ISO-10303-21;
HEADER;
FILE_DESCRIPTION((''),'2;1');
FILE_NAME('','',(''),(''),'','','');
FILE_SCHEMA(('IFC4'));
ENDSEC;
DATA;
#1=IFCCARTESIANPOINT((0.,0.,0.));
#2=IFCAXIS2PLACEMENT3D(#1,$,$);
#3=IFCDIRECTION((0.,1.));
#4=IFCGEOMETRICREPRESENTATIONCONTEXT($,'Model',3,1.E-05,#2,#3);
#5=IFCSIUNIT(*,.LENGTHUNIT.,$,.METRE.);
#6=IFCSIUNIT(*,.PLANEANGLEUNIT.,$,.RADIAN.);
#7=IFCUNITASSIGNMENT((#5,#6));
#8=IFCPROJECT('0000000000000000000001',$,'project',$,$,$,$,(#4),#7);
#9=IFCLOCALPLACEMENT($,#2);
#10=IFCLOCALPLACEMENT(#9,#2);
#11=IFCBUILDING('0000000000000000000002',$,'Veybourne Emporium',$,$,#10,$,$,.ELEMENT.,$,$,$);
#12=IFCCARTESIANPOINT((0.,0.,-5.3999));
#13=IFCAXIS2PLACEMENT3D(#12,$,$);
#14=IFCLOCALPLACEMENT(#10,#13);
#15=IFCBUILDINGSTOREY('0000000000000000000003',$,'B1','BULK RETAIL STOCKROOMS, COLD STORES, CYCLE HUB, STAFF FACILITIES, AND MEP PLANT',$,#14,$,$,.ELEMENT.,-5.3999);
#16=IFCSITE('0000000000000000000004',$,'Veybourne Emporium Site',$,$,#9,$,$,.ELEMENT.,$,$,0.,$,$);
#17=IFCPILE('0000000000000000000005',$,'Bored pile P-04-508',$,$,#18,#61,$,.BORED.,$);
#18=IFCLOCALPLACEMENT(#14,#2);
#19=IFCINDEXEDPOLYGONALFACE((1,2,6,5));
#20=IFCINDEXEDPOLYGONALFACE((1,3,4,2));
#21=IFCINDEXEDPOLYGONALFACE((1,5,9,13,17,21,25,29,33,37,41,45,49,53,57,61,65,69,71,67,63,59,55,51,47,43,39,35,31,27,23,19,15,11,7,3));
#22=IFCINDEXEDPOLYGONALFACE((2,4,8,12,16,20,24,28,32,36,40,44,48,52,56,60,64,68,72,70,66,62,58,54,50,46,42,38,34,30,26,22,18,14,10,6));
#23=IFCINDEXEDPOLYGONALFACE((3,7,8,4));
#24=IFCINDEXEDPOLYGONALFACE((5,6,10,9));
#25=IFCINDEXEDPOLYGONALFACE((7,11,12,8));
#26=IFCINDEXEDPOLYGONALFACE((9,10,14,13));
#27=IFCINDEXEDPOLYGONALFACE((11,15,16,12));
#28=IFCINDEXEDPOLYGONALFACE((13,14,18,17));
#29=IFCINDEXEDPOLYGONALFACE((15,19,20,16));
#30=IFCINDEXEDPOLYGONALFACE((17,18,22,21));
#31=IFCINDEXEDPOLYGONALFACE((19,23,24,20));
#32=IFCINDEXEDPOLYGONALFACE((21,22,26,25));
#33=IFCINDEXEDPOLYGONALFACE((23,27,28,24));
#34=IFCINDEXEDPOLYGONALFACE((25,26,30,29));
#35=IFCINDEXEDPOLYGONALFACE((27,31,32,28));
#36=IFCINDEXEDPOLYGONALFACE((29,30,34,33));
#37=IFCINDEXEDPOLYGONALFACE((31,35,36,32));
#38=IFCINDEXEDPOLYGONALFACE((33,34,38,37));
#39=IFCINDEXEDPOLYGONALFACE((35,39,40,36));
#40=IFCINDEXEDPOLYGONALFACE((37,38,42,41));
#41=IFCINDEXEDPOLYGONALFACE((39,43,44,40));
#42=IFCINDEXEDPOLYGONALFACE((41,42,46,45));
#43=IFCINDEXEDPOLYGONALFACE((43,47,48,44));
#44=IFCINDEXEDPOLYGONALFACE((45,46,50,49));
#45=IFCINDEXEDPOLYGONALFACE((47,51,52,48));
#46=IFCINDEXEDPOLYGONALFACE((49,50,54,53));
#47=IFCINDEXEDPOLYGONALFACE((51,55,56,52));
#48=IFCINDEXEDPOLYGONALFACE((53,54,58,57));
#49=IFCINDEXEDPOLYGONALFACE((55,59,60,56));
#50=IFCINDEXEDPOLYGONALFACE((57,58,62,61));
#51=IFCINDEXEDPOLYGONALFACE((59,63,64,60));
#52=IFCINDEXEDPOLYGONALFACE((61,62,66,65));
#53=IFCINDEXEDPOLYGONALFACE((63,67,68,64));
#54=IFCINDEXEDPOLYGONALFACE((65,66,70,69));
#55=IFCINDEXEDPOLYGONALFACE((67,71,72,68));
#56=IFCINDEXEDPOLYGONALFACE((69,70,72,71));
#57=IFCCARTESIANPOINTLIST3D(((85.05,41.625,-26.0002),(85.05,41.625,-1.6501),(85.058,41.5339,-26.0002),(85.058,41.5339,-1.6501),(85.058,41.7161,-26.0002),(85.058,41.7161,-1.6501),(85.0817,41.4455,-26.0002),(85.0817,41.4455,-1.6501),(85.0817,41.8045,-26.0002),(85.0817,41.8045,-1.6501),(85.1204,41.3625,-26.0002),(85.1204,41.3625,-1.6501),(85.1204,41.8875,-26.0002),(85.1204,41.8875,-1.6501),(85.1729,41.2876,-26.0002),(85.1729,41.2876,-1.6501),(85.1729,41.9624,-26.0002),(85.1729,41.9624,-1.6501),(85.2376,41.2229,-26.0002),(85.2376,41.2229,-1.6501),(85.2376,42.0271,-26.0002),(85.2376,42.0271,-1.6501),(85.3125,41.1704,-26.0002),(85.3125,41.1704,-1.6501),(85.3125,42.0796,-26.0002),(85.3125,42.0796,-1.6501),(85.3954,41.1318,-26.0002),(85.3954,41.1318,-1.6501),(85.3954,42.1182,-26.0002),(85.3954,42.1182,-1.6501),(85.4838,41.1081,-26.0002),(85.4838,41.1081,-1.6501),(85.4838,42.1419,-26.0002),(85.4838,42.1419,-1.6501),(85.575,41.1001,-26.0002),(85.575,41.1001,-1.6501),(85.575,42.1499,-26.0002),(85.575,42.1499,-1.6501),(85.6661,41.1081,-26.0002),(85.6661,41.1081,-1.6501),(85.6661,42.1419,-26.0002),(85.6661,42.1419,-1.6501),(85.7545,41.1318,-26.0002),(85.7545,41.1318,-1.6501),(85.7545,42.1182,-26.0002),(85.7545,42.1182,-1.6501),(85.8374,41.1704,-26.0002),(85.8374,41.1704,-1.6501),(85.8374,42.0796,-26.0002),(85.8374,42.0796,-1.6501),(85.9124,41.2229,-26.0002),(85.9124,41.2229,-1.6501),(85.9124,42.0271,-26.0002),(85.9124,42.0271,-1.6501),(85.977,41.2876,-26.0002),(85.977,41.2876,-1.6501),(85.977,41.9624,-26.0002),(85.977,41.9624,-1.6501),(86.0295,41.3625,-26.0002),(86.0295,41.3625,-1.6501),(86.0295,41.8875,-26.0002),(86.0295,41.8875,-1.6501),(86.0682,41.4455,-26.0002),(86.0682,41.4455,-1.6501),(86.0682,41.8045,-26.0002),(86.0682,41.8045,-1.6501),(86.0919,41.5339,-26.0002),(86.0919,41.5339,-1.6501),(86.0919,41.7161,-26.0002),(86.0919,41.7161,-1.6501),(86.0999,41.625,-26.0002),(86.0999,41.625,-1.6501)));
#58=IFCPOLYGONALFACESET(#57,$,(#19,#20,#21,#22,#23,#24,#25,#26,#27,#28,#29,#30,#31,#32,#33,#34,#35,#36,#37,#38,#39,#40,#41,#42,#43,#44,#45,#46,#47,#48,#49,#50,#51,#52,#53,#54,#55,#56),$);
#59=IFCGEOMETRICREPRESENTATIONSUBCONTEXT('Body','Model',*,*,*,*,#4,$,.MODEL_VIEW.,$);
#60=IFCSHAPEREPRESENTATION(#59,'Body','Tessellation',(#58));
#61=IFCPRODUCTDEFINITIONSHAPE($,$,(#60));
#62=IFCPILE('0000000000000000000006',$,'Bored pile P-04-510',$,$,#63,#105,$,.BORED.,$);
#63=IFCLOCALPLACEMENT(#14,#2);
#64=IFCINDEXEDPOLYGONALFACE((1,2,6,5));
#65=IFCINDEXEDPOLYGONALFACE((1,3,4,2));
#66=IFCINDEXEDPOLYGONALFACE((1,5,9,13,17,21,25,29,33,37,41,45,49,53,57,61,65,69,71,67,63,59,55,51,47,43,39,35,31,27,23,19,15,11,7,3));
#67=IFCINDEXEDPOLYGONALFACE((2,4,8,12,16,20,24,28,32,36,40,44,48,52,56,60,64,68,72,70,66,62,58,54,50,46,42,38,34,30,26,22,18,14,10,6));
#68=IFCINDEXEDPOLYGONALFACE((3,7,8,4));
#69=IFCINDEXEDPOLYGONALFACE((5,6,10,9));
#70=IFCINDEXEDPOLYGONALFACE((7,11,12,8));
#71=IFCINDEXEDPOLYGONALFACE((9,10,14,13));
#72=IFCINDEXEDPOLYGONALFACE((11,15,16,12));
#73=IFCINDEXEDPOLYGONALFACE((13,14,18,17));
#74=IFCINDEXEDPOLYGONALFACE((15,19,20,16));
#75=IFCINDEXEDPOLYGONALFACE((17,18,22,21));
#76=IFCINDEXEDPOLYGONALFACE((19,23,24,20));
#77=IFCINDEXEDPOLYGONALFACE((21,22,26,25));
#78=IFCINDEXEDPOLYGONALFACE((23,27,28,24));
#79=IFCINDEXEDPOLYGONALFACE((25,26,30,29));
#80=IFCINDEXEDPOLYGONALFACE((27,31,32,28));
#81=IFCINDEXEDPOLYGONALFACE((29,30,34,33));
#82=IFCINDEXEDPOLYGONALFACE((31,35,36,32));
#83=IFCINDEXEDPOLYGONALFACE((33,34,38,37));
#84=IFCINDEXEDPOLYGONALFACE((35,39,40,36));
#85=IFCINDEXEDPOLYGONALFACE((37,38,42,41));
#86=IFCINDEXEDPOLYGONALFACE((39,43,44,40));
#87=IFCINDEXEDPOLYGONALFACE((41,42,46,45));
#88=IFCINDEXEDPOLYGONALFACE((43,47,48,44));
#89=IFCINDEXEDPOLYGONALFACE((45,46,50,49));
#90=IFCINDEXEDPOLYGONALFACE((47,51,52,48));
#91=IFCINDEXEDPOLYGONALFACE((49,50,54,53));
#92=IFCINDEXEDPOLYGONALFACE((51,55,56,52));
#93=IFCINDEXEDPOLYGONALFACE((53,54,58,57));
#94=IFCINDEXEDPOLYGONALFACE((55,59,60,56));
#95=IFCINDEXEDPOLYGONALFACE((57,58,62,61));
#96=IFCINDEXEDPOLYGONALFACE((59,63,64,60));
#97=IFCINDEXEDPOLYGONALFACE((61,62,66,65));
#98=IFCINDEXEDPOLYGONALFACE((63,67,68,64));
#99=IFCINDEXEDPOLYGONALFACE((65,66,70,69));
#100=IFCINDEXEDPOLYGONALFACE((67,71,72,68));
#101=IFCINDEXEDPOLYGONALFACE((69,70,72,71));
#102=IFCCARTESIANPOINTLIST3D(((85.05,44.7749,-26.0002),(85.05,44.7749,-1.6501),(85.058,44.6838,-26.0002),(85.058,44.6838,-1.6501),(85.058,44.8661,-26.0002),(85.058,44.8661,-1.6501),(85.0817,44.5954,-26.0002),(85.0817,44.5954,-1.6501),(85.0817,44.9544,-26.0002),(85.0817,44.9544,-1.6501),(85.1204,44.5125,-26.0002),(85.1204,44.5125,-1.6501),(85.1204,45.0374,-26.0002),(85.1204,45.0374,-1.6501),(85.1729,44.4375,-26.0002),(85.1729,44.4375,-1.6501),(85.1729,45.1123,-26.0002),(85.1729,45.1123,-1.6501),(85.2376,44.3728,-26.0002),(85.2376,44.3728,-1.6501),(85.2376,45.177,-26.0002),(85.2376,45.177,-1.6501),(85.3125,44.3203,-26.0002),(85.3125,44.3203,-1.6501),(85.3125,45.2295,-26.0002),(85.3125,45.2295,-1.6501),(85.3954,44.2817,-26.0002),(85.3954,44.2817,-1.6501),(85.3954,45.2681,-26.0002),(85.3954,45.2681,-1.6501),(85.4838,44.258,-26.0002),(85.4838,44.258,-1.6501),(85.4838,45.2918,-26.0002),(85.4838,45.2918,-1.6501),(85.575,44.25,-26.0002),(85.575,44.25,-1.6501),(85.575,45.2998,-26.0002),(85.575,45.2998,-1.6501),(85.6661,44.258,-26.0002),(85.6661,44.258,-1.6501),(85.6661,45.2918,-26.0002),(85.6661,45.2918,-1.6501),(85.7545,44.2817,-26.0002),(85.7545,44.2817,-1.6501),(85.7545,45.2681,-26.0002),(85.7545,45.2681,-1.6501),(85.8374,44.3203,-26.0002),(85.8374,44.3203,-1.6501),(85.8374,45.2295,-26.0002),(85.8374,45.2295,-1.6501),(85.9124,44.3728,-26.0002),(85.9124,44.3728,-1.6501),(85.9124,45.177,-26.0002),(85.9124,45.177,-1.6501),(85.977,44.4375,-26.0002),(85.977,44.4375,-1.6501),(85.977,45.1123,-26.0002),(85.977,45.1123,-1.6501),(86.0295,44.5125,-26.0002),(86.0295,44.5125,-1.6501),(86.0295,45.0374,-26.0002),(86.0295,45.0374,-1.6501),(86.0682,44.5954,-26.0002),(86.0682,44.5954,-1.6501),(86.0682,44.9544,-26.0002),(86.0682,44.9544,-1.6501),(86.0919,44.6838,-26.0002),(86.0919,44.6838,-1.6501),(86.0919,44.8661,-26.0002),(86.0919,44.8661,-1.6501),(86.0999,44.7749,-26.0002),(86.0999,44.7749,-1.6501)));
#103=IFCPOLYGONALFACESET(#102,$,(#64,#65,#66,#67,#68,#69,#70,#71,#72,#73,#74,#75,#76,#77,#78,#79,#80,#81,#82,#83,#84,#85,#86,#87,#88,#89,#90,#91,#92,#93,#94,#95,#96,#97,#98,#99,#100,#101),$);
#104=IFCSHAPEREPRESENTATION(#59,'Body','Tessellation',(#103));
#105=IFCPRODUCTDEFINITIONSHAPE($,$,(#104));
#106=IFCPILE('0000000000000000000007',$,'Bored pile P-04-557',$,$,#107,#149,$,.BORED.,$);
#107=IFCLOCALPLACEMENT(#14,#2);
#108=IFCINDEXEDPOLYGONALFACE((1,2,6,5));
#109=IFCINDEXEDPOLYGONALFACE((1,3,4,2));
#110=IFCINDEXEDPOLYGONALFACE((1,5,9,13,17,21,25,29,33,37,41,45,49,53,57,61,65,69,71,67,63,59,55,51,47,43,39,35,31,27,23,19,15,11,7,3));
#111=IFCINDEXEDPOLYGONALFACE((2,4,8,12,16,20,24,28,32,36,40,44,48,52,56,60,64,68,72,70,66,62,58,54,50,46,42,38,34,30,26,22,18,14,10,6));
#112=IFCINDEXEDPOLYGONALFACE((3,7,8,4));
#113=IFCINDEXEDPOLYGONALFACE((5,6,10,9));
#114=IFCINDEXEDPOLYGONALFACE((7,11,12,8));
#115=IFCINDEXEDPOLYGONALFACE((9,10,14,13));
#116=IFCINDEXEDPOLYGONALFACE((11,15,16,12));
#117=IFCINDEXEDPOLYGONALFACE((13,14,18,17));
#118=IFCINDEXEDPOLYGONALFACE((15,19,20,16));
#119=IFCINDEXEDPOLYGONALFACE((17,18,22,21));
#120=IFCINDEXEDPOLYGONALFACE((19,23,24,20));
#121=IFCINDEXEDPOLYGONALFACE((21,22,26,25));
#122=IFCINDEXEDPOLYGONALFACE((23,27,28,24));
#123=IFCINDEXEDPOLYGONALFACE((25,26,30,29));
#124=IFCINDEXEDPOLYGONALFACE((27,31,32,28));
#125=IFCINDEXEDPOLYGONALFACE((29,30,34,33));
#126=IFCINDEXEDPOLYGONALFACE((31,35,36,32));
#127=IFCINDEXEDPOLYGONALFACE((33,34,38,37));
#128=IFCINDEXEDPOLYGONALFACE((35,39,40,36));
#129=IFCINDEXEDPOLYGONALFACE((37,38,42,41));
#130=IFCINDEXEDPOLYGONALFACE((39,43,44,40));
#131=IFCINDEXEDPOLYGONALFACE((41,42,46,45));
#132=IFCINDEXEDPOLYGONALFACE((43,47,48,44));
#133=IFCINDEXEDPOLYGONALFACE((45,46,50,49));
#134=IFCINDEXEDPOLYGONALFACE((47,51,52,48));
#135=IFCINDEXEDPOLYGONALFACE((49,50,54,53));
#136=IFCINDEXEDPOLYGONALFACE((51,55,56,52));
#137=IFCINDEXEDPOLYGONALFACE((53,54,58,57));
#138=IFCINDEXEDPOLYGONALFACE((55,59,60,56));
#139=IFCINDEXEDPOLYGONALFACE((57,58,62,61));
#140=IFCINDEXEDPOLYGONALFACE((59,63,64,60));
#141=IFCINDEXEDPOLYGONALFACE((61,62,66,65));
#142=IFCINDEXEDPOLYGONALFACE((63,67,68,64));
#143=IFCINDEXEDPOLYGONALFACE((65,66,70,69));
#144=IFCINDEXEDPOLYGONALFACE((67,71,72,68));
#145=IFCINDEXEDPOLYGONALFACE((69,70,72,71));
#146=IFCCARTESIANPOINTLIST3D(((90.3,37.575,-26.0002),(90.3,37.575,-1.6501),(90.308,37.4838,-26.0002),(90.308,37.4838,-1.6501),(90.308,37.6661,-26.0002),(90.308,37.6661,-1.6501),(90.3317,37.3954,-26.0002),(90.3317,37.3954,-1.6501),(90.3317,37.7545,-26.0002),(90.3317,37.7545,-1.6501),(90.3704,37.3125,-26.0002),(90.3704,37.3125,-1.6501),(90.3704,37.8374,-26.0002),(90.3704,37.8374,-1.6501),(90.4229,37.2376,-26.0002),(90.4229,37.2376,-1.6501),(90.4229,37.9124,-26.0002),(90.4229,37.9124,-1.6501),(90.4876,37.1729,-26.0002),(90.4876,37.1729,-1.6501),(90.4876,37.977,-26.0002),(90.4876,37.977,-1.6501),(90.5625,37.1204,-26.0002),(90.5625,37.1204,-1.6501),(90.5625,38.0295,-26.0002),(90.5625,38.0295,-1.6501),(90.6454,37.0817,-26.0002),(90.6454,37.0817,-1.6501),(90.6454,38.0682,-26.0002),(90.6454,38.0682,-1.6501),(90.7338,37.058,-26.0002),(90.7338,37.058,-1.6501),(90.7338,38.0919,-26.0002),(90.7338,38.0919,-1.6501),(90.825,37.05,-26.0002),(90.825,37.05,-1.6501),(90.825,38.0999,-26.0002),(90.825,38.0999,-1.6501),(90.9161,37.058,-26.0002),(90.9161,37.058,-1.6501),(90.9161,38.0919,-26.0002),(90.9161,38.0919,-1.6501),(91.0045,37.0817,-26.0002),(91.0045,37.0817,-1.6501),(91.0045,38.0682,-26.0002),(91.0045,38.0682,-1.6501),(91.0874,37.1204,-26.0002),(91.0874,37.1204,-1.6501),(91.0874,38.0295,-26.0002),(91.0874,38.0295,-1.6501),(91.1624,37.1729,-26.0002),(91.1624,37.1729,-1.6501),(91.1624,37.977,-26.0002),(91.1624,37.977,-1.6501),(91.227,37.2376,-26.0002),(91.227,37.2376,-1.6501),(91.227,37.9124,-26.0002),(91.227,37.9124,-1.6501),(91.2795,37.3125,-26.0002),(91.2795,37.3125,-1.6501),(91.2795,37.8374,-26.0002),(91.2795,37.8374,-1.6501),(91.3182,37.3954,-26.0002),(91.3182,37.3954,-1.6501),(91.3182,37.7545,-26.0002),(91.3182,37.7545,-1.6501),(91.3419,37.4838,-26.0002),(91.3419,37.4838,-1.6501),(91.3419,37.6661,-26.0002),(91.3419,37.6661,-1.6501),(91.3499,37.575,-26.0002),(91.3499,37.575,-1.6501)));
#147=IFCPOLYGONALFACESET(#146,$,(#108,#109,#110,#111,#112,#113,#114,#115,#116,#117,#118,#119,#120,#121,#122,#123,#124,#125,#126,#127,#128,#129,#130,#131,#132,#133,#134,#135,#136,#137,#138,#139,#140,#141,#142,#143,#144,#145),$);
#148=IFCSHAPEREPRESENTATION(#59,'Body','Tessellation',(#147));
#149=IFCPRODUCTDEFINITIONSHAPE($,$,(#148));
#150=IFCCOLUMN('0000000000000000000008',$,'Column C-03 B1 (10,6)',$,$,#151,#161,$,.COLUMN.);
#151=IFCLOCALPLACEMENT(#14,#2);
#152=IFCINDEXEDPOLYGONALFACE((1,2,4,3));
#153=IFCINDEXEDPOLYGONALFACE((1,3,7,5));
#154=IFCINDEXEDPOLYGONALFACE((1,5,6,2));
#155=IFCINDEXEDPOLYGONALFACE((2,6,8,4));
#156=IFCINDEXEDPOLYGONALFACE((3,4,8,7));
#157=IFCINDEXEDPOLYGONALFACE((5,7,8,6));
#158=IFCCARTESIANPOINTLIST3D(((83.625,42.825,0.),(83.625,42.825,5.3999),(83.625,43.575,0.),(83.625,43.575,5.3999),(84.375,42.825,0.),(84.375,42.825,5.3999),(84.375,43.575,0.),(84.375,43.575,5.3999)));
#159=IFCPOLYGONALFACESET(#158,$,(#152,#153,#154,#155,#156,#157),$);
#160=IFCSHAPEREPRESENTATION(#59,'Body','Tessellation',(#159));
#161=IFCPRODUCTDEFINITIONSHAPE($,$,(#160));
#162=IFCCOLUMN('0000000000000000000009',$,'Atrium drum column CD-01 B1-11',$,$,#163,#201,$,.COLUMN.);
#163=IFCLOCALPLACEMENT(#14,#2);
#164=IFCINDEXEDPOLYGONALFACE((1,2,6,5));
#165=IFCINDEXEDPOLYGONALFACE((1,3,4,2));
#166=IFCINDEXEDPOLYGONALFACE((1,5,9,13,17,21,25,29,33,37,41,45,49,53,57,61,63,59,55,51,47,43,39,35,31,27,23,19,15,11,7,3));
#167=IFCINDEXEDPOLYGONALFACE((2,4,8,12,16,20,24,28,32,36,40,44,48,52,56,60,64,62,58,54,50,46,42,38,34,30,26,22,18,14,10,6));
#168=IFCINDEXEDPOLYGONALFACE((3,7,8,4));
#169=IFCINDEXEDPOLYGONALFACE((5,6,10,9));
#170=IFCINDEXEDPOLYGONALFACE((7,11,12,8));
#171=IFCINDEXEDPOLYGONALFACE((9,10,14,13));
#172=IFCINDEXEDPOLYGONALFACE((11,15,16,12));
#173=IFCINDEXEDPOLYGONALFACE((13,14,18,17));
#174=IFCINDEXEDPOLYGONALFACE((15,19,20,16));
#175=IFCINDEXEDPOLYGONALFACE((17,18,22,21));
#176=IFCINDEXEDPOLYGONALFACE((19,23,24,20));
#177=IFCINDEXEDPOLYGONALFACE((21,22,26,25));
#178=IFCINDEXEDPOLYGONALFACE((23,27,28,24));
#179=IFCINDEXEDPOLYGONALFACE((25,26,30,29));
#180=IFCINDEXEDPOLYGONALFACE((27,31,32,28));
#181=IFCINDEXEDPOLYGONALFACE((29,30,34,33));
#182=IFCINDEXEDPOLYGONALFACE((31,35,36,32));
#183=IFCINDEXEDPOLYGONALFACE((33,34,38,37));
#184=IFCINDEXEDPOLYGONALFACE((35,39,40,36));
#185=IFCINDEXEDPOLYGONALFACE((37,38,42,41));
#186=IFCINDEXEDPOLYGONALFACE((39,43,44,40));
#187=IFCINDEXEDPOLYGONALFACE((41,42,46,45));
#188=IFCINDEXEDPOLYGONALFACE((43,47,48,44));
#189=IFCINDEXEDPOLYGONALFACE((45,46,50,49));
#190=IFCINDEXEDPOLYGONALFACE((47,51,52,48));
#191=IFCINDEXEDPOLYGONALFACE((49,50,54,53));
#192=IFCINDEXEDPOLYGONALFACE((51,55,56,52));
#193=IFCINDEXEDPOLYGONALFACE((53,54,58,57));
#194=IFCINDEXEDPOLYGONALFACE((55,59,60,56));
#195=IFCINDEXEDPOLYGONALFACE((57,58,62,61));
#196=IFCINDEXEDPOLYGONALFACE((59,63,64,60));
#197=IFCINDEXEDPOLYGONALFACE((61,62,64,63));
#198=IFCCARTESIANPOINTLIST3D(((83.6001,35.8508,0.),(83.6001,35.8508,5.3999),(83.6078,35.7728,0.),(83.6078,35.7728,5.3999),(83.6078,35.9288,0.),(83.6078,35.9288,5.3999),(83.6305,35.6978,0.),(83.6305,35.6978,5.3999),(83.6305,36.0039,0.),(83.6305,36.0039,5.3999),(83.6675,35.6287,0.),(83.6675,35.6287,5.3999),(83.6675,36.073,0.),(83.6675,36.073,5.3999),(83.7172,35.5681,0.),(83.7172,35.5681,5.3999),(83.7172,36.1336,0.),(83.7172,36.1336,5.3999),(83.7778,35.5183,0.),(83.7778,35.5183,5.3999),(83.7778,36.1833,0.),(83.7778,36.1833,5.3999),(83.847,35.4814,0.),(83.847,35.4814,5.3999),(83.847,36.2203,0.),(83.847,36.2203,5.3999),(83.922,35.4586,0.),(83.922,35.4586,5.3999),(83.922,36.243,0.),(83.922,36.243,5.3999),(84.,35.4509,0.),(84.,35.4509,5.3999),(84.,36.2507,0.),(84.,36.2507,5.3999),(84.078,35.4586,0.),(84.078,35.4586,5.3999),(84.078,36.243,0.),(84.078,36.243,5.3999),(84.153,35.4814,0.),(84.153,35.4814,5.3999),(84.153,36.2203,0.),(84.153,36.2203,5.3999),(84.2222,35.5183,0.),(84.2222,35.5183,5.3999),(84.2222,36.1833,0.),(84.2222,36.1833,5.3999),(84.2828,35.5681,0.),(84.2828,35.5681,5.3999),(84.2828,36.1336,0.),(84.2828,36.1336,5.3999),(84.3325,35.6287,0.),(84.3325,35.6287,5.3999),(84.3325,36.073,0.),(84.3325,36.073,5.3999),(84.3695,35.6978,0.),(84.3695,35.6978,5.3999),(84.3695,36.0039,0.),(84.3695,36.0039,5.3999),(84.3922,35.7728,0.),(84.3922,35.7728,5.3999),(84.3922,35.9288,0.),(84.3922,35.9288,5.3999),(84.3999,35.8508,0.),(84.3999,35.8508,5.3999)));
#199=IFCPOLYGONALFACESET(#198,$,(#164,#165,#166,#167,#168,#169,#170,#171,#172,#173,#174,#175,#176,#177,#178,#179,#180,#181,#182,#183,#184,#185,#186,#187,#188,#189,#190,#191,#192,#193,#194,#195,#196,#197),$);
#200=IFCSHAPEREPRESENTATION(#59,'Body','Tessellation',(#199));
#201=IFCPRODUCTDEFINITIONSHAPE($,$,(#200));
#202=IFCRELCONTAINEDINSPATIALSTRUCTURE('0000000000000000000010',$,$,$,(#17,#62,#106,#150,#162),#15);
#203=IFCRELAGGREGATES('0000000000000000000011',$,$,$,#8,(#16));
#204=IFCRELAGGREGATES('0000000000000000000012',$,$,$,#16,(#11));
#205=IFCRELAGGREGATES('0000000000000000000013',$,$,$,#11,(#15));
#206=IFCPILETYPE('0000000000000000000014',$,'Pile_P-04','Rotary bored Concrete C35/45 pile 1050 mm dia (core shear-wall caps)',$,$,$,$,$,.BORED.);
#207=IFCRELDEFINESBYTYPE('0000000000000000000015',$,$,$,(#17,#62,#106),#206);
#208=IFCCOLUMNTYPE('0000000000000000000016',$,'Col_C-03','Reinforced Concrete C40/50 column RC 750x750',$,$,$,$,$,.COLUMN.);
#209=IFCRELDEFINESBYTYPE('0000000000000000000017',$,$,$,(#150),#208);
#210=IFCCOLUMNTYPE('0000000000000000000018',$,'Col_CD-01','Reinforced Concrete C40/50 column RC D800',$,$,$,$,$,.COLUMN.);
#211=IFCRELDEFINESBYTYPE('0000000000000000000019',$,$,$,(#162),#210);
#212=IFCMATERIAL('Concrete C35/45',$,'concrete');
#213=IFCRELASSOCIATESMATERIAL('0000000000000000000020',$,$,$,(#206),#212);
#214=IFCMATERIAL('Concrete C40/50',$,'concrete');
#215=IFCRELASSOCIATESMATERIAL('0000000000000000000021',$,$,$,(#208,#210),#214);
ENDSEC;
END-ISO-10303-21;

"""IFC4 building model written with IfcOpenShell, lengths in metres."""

from ifc_helpers import new_model, si_unit, direction, frame, origin, origin_2d, place, context, subcontext, project, spatial, rectangle, circle, extrude, material, material_profile, profile_set, type_object, element, save


model = new_model("IFC4")

# Units and contexts
model_context = context("Model", 3, precision=1e-05, world=origin(), true_north=direction((0.0, 1.0)))
body_context = subcontext(model_context, "Body", "Model", "MODEL_VIEW")
ifc_project = project(units=[si_unit("LENGTHUNIT", "METRE"), si_unit("PLANEANGLEUNIT", "RADIAN")], contexts=[model_context])

# Site, building, storey
site_placement = place(None, origin())
site = spatial("IfcSite", under=ifc_project, at=site_placement, Name="Veybourne Emporium Site", CompositionType="ELEMENT", RefElevation=0.0)
building_placement = place(site_placement, origin())
building = spatial("IfcBuilding", under=site, at=building_placement, Name="Veybourne Emporium", CompositionType="ELEMENT")
storey_placement = place(building_placement, frame((0.0, 0.0, -5.3999)))
storey = spatial("IfcBuildingStorey", under=building, at=storey_placement, Name="B1", Description="BULK RETAIL STOCKROOMS, COLD STORES, CYCLE HUB, STAFF FACILITIES, AND MEP PLANT", CompositionType="ELEMENT", Elevation=-5.3999)

# Shared definitions
ifc_material_1 = material(Name="Concrete C35/45", Category="concrete")

# Piles
ifc_material_profile_1 = material_profile(ifc_material_1, circle(Radius=0.5249, at=origin_2d()), Name="BORED PILE 1050")
ifc_profile_set_1 = profile_set([ifc_material_profile_1], Name="Concrete C35/45")
pile_type_1 = type_object("IfcPileType", Name="Pile_P-04", Description="Rotary bored Concrete C35/45 pile 1050 mm dia (core shear-wall caps)", PredefinedType="BORED", material=ifc_profile_set_1)
for number, where, z_axis, x_axis, name in (
    (1, (85.575, 41.625, -1.6501), (0.0, 0.0, -1.0), (1.0, 0.0, 0.0), "Bored pile P-04-508"),
    (2, (85.575, 44.7749, -1.6501), (0.0, 0.0, -1.0), (1.0, 0.0, 0.0), "Bored pile P-04-510"),
    (3, (90.825, 37.575, -1.6501), (0.0, 0.0, -1.0), (1.0, 0.0, 0.0), "Bored pile P-04-557"),
):
    element("IfcPile", number, at=place(storey_placement, frame(where, z_axis=z_axis, x_axis=x_axis)), inside=storey, type_object=pile_type_1, Name=name, PredefinedType="BORED", context=body_context, shape_type="SweptSolid", body=[
        extrude(circle(Radius=0.5249, at=origin_2d()), origin(), (0.0, 0.0, 1.0), 24.3501),
    ])

# Columns
ifc_material_2 = material(Name="Concrete C40/50", Category="concrete")
ifc_material_profile_2 = material_profile(ifc_material_2, rectangle(XDim=0.75, YDim=0.75, at=origin_2d()), Name="RC 750x750")
ifc_profile_set_2 = profile_set([ifc_material_profile_2], Name="Concrete C40/50")
column_type_1 = type_object("IfcColumnType", Name="Col_C-03", Description="Reinforced Concrete C40/50 column RC 750x750", PredefinedType="COLUMN", material=ifc_profile_set_2)
column_placement = place(storey_placement, frame((84.0, 43.2, 0.0), z_axis=(0.0, 0.0, 1.0), x_axis=(1.0, 0.0, 0.0)))
element("IfcColumn", 4, at=column_placement, inside=storey, type_object=column_type_1, Name="Column C-03 B1 (10,6)", PredefinedType="COLUMN", context=body_context, shape_type="SweptSolid", body=[
    extrude(rectangle(XDim=0.75, YDim=0.75, at=origin_2d()), origin(), (0.0, 0.0, 1.0), 5.3999),
])
ifc_material_profile_3 = material_profile(ifc_material_2, circle(Radius=0.3999, at=origin_2d()), Name="RC D800")
ifc_profile_set_3 = profile_set([ifc_material_profile_3], Name="Concrete C40/50")
column_type_2 = type_object("IfcColumnType", Name="Col_CD-01", Description="Reinforced Concrete C40/50 column RC D800", PredefinedType="COLUMN", material=ifc_profile_set_3)
for number, where, z_axis, x_axis, name in (
    (5, (84.0, 35.8508, 0.0), (0.0, 0.0, 1.0), (1.0, 0.0, 0.0), "Atrium drum column CD-01 B1-11"),
):
    element("IfcColumn", number, at=place(storey_placement, frame(where, z_axis=z_axis, x_axis=x_axis)), inside=storey, type_object=column_type_2, Name=name, PredefinedType="COLUMN", context=body_context, shape_type="SweptSolid", body=[
        extrude(circle(Radius=0.3999, at=origin_2d()), origin(), (0.0, 0.0, 1.0), 5.3999),
    ])

save(model, "model.ifc")
